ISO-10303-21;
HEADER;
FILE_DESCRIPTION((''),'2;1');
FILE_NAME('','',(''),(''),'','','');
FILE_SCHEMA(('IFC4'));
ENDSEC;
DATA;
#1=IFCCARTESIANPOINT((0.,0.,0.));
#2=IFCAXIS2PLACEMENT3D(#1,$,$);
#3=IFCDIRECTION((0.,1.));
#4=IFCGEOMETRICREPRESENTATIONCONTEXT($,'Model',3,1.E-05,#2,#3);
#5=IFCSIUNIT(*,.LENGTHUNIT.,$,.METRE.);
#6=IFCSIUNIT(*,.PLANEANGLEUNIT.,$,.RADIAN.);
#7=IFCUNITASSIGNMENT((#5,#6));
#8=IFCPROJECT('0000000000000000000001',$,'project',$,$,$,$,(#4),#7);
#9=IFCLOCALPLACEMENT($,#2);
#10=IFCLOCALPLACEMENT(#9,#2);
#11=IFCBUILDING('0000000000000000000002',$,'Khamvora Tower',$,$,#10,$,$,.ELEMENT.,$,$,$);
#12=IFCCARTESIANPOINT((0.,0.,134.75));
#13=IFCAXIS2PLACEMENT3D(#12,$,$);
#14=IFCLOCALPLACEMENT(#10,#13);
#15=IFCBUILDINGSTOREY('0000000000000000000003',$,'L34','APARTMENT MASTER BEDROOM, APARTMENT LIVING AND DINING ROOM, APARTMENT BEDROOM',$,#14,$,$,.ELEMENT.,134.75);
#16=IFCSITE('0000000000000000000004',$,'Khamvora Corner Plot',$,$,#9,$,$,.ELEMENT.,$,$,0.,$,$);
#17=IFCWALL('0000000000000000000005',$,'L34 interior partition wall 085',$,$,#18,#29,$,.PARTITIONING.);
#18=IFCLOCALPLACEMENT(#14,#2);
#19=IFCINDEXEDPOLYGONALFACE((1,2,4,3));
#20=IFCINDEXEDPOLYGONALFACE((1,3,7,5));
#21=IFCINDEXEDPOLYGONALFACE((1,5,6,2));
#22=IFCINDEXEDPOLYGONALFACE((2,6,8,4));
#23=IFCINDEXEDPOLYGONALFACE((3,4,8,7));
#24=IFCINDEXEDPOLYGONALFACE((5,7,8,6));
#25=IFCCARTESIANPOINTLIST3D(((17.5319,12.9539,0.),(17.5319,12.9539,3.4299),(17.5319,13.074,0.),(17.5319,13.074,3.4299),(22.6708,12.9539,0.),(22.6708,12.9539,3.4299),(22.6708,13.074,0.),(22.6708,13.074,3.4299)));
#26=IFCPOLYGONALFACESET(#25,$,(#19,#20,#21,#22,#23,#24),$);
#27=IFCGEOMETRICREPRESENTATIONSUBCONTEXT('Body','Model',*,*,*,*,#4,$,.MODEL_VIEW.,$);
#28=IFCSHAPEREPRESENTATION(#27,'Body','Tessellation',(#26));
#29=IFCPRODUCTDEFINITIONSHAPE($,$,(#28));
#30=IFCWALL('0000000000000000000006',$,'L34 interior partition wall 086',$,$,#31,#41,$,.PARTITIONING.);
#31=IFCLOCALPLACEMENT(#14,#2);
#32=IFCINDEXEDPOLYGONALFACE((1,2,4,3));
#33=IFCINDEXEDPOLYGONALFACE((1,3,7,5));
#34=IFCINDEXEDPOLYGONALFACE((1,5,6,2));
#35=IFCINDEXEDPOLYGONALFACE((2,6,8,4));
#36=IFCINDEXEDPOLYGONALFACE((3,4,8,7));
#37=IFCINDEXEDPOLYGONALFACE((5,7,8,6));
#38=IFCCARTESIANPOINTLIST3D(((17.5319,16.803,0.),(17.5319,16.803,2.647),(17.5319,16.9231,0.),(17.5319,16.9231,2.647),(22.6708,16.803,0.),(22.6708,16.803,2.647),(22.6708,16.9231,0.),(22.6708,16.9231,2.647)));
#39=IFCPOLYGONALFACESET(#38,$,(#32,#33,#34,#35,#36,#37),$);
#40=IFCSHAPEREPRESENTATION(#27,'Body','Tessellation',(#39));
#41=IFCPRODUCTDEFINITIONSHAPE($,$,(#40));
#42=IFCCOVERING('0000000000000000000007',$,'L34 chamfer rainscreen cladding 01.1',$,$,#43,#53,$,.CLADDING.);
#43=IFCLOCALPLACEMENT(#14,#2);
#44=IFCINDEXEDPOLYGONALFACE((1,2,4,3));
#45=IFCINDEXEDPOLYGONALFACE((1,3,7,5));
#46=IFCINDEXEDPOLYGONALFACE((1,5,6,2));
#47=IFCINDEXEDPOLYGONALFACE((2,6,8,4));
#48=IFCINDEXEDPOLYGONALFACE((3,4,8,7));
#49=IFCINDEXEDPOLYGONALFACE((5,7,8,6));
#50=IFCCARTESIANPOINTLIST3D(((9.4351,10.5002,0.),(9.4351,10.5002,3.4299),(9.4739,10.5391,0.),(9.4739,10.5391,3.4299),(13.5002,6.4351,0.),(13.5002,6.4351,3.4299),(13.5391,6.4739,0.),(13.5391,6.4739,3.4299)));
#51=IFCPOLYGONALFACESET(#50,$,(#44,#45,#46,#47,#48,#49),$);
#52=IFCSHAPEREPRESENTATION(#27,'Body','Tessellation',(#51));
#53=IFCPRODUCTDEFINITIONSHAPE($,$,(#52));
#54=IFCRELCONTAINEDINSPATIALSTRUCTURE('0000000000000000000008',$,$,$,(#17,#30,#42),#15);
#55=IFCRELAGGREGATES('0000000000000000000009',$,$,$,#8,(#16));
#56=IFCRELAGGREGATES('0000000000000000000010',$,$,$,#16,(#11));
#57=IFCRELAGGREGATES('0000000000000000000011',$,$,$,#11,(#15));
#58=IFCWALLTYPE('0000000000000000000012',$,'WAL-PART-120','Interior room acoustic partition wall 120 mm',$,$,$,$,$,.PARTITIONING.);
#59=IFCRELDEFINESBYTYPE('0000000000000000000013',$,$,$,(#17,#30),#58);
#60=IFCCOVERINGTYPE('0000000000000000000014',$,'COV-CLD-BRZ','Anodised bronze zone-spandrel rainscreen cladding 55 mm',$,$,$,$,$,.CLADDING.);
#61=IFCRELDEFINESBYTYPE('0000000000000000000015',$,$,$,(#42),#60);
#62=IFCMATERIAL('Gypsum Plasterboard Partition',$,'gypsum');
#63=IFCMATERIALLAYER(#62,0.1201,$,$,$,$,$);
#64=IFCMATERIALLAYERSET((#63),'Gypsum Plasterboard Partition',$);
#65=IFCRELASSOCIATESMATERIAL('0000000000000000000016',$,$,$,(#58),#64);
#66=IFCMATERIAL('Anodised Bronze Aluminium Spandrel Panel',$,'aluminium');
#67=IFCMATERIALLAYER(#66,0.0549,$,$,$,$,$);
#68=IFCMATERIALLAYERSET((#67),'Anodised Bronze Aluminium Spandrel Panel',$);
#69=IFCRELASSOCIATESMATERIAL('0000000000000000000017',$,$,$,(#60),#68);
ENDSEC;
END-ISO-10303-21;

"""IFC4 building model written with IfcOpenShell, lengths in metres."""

from ifc_helpers import new_model, si_unit, direction, frame, frame_2d, origin, origin_2d, place, context, subcontext, project, spatial, rectangle, extrude, material, layer, layer_set, type_object, element, save


model = new_model("IFC4")

# Units and contexts
model_context = context("Model", 3, precision=1e-05, world=origin(), true_north=direction((0.0, 1.0)))
body_context = subcontext(model_context, "Body", "Model", "MODEL_VIEW")
ifc_project = project(units=[si_unit("LENGTHUNIT", "METRE"), si_unit("PLANEANGLEUNIT", "RADIAN")], contexts=[model_context])

# Site, building, storey
site_placement = place(None, origin())
site = spatial("IfcSite", under=ifc_project, at=site_placement, Name="Khamvora Corner Plot", CompositionType="ELEMENT", RefElevation=0.0)
building_placement = place(site_placement, origin())
building = spatial("IfcBuilding", under=site, at=building_placement, Name="Khamvora Tower", CompositionType="ELEMENT")
storey_placement = place(building_placement, frame((0.0, 0.0, 134.75)))
storey = spatial("IfcBuildingStorey", under=building, at=storey_placement, Name="L34", Description="APARTMENT MASTER BEDROOM, APARTMENT LIVING AND DINING ROOM, APARTMENT BEDROOM", CompositionType="ELEMENT", Elevation=134.75)

# Shared definitions
ifc_material_1 = material(Name="Gypsum Plasterboard Partition", Category="gypsum")
ifc_layer_1 = layer(ifc_material_1, 0.1201)
ifc_layer_set_1 = layer_set([ifc_layer_1], Name="Gypsum Plasterboard Partition")
wall_type_1 = type_object("IfcWallType", Name="WAL-PART-120", Description="Interior room acoustic partition wall 120 mm", PredefinedType="PARTITIONING", material=ifc_layer_set_1)

# Walls
wall_1_placement = place(storey_placement, frame((17.532, 13.0139, 0.0), z_axis=(0.0, 0.0, 1.0), x_axis=(1.0, 0.0, 0.0)))
element("IfcWall", 1, at=wall_1_placement, inside=storey, type_object=wall_type_1, Name="L34 interior partition wall 085", PredefinedType="PARTITIONING", context=body_context, shape_type="SweptSolid", body=[
    extrude(rectangle(XDim=5.1389, YDim=0.1201, at=frame_2d((2.5693, 0.0))), origin(), (0.0, 0.0, 1.0), 3.4299),
])
wall_2_placement = place(storey_placement, frame((17.532, 16.863, 0.0), z_axis=(0.0, 0.0, 1.0), x_axis=(1.0, 0.0, 0.0)))
element("IfcWall", 2, at=wall_2_placement, inside=storey, type_object=wall_type_1, Name="L34 interior partition wall 086", PredefinedType="PARTITIONING", context=body_context, shape_type="SweptSolid", body=[
    extrude(rectangle(XDim=5.1389, YDim=0.1201, at=frame_2d((2.5693, 0.0))), origin(), (0.0, 0.0, 1.0), 2.647),
])

# Covering
ifc_material_2 = material(Name="Anodised Bronze Aluminium Spandrel Panel", Category="aluminium")
ifc_layer_2 = layer(ifc_material_2, 0.0549)
ifc_layer_set_2 = layer_set([ifc_layer_2], Name="Anodised Bronze Aluminium Spandrel Panel")
covering_type = type_object("IfcCoveringType", Name="COV-CLD-BRZ", Description="Anodised bronze zone-spandrel rainscreen cladding 55 mm", PredefinedType="CLADDING", material=ifc_layer_set_2)
covering_placement = place(storey_placement, frame((11.4871, 8.4871, 0.0), z_axis=(0.0, 0.0, 1.0), x_axis=(-0.707107, 0.707107, 0.0)))
element("IfcCovering", 3, at=covering_placement, inside=storey, type_object=covering_type, Name="L34 chamfer rainscreen cladding 01.1", PredefinedType="CLADDING", context=body_context, shape_type="SweptSolid", body=[
    extrude(rectangle(XDim=5.749, YDim=0.0549, at=origin_2d()), origin(), (0.0, 0.0, 1.0), 3.4299),
])

save(model, "model.ifc")
